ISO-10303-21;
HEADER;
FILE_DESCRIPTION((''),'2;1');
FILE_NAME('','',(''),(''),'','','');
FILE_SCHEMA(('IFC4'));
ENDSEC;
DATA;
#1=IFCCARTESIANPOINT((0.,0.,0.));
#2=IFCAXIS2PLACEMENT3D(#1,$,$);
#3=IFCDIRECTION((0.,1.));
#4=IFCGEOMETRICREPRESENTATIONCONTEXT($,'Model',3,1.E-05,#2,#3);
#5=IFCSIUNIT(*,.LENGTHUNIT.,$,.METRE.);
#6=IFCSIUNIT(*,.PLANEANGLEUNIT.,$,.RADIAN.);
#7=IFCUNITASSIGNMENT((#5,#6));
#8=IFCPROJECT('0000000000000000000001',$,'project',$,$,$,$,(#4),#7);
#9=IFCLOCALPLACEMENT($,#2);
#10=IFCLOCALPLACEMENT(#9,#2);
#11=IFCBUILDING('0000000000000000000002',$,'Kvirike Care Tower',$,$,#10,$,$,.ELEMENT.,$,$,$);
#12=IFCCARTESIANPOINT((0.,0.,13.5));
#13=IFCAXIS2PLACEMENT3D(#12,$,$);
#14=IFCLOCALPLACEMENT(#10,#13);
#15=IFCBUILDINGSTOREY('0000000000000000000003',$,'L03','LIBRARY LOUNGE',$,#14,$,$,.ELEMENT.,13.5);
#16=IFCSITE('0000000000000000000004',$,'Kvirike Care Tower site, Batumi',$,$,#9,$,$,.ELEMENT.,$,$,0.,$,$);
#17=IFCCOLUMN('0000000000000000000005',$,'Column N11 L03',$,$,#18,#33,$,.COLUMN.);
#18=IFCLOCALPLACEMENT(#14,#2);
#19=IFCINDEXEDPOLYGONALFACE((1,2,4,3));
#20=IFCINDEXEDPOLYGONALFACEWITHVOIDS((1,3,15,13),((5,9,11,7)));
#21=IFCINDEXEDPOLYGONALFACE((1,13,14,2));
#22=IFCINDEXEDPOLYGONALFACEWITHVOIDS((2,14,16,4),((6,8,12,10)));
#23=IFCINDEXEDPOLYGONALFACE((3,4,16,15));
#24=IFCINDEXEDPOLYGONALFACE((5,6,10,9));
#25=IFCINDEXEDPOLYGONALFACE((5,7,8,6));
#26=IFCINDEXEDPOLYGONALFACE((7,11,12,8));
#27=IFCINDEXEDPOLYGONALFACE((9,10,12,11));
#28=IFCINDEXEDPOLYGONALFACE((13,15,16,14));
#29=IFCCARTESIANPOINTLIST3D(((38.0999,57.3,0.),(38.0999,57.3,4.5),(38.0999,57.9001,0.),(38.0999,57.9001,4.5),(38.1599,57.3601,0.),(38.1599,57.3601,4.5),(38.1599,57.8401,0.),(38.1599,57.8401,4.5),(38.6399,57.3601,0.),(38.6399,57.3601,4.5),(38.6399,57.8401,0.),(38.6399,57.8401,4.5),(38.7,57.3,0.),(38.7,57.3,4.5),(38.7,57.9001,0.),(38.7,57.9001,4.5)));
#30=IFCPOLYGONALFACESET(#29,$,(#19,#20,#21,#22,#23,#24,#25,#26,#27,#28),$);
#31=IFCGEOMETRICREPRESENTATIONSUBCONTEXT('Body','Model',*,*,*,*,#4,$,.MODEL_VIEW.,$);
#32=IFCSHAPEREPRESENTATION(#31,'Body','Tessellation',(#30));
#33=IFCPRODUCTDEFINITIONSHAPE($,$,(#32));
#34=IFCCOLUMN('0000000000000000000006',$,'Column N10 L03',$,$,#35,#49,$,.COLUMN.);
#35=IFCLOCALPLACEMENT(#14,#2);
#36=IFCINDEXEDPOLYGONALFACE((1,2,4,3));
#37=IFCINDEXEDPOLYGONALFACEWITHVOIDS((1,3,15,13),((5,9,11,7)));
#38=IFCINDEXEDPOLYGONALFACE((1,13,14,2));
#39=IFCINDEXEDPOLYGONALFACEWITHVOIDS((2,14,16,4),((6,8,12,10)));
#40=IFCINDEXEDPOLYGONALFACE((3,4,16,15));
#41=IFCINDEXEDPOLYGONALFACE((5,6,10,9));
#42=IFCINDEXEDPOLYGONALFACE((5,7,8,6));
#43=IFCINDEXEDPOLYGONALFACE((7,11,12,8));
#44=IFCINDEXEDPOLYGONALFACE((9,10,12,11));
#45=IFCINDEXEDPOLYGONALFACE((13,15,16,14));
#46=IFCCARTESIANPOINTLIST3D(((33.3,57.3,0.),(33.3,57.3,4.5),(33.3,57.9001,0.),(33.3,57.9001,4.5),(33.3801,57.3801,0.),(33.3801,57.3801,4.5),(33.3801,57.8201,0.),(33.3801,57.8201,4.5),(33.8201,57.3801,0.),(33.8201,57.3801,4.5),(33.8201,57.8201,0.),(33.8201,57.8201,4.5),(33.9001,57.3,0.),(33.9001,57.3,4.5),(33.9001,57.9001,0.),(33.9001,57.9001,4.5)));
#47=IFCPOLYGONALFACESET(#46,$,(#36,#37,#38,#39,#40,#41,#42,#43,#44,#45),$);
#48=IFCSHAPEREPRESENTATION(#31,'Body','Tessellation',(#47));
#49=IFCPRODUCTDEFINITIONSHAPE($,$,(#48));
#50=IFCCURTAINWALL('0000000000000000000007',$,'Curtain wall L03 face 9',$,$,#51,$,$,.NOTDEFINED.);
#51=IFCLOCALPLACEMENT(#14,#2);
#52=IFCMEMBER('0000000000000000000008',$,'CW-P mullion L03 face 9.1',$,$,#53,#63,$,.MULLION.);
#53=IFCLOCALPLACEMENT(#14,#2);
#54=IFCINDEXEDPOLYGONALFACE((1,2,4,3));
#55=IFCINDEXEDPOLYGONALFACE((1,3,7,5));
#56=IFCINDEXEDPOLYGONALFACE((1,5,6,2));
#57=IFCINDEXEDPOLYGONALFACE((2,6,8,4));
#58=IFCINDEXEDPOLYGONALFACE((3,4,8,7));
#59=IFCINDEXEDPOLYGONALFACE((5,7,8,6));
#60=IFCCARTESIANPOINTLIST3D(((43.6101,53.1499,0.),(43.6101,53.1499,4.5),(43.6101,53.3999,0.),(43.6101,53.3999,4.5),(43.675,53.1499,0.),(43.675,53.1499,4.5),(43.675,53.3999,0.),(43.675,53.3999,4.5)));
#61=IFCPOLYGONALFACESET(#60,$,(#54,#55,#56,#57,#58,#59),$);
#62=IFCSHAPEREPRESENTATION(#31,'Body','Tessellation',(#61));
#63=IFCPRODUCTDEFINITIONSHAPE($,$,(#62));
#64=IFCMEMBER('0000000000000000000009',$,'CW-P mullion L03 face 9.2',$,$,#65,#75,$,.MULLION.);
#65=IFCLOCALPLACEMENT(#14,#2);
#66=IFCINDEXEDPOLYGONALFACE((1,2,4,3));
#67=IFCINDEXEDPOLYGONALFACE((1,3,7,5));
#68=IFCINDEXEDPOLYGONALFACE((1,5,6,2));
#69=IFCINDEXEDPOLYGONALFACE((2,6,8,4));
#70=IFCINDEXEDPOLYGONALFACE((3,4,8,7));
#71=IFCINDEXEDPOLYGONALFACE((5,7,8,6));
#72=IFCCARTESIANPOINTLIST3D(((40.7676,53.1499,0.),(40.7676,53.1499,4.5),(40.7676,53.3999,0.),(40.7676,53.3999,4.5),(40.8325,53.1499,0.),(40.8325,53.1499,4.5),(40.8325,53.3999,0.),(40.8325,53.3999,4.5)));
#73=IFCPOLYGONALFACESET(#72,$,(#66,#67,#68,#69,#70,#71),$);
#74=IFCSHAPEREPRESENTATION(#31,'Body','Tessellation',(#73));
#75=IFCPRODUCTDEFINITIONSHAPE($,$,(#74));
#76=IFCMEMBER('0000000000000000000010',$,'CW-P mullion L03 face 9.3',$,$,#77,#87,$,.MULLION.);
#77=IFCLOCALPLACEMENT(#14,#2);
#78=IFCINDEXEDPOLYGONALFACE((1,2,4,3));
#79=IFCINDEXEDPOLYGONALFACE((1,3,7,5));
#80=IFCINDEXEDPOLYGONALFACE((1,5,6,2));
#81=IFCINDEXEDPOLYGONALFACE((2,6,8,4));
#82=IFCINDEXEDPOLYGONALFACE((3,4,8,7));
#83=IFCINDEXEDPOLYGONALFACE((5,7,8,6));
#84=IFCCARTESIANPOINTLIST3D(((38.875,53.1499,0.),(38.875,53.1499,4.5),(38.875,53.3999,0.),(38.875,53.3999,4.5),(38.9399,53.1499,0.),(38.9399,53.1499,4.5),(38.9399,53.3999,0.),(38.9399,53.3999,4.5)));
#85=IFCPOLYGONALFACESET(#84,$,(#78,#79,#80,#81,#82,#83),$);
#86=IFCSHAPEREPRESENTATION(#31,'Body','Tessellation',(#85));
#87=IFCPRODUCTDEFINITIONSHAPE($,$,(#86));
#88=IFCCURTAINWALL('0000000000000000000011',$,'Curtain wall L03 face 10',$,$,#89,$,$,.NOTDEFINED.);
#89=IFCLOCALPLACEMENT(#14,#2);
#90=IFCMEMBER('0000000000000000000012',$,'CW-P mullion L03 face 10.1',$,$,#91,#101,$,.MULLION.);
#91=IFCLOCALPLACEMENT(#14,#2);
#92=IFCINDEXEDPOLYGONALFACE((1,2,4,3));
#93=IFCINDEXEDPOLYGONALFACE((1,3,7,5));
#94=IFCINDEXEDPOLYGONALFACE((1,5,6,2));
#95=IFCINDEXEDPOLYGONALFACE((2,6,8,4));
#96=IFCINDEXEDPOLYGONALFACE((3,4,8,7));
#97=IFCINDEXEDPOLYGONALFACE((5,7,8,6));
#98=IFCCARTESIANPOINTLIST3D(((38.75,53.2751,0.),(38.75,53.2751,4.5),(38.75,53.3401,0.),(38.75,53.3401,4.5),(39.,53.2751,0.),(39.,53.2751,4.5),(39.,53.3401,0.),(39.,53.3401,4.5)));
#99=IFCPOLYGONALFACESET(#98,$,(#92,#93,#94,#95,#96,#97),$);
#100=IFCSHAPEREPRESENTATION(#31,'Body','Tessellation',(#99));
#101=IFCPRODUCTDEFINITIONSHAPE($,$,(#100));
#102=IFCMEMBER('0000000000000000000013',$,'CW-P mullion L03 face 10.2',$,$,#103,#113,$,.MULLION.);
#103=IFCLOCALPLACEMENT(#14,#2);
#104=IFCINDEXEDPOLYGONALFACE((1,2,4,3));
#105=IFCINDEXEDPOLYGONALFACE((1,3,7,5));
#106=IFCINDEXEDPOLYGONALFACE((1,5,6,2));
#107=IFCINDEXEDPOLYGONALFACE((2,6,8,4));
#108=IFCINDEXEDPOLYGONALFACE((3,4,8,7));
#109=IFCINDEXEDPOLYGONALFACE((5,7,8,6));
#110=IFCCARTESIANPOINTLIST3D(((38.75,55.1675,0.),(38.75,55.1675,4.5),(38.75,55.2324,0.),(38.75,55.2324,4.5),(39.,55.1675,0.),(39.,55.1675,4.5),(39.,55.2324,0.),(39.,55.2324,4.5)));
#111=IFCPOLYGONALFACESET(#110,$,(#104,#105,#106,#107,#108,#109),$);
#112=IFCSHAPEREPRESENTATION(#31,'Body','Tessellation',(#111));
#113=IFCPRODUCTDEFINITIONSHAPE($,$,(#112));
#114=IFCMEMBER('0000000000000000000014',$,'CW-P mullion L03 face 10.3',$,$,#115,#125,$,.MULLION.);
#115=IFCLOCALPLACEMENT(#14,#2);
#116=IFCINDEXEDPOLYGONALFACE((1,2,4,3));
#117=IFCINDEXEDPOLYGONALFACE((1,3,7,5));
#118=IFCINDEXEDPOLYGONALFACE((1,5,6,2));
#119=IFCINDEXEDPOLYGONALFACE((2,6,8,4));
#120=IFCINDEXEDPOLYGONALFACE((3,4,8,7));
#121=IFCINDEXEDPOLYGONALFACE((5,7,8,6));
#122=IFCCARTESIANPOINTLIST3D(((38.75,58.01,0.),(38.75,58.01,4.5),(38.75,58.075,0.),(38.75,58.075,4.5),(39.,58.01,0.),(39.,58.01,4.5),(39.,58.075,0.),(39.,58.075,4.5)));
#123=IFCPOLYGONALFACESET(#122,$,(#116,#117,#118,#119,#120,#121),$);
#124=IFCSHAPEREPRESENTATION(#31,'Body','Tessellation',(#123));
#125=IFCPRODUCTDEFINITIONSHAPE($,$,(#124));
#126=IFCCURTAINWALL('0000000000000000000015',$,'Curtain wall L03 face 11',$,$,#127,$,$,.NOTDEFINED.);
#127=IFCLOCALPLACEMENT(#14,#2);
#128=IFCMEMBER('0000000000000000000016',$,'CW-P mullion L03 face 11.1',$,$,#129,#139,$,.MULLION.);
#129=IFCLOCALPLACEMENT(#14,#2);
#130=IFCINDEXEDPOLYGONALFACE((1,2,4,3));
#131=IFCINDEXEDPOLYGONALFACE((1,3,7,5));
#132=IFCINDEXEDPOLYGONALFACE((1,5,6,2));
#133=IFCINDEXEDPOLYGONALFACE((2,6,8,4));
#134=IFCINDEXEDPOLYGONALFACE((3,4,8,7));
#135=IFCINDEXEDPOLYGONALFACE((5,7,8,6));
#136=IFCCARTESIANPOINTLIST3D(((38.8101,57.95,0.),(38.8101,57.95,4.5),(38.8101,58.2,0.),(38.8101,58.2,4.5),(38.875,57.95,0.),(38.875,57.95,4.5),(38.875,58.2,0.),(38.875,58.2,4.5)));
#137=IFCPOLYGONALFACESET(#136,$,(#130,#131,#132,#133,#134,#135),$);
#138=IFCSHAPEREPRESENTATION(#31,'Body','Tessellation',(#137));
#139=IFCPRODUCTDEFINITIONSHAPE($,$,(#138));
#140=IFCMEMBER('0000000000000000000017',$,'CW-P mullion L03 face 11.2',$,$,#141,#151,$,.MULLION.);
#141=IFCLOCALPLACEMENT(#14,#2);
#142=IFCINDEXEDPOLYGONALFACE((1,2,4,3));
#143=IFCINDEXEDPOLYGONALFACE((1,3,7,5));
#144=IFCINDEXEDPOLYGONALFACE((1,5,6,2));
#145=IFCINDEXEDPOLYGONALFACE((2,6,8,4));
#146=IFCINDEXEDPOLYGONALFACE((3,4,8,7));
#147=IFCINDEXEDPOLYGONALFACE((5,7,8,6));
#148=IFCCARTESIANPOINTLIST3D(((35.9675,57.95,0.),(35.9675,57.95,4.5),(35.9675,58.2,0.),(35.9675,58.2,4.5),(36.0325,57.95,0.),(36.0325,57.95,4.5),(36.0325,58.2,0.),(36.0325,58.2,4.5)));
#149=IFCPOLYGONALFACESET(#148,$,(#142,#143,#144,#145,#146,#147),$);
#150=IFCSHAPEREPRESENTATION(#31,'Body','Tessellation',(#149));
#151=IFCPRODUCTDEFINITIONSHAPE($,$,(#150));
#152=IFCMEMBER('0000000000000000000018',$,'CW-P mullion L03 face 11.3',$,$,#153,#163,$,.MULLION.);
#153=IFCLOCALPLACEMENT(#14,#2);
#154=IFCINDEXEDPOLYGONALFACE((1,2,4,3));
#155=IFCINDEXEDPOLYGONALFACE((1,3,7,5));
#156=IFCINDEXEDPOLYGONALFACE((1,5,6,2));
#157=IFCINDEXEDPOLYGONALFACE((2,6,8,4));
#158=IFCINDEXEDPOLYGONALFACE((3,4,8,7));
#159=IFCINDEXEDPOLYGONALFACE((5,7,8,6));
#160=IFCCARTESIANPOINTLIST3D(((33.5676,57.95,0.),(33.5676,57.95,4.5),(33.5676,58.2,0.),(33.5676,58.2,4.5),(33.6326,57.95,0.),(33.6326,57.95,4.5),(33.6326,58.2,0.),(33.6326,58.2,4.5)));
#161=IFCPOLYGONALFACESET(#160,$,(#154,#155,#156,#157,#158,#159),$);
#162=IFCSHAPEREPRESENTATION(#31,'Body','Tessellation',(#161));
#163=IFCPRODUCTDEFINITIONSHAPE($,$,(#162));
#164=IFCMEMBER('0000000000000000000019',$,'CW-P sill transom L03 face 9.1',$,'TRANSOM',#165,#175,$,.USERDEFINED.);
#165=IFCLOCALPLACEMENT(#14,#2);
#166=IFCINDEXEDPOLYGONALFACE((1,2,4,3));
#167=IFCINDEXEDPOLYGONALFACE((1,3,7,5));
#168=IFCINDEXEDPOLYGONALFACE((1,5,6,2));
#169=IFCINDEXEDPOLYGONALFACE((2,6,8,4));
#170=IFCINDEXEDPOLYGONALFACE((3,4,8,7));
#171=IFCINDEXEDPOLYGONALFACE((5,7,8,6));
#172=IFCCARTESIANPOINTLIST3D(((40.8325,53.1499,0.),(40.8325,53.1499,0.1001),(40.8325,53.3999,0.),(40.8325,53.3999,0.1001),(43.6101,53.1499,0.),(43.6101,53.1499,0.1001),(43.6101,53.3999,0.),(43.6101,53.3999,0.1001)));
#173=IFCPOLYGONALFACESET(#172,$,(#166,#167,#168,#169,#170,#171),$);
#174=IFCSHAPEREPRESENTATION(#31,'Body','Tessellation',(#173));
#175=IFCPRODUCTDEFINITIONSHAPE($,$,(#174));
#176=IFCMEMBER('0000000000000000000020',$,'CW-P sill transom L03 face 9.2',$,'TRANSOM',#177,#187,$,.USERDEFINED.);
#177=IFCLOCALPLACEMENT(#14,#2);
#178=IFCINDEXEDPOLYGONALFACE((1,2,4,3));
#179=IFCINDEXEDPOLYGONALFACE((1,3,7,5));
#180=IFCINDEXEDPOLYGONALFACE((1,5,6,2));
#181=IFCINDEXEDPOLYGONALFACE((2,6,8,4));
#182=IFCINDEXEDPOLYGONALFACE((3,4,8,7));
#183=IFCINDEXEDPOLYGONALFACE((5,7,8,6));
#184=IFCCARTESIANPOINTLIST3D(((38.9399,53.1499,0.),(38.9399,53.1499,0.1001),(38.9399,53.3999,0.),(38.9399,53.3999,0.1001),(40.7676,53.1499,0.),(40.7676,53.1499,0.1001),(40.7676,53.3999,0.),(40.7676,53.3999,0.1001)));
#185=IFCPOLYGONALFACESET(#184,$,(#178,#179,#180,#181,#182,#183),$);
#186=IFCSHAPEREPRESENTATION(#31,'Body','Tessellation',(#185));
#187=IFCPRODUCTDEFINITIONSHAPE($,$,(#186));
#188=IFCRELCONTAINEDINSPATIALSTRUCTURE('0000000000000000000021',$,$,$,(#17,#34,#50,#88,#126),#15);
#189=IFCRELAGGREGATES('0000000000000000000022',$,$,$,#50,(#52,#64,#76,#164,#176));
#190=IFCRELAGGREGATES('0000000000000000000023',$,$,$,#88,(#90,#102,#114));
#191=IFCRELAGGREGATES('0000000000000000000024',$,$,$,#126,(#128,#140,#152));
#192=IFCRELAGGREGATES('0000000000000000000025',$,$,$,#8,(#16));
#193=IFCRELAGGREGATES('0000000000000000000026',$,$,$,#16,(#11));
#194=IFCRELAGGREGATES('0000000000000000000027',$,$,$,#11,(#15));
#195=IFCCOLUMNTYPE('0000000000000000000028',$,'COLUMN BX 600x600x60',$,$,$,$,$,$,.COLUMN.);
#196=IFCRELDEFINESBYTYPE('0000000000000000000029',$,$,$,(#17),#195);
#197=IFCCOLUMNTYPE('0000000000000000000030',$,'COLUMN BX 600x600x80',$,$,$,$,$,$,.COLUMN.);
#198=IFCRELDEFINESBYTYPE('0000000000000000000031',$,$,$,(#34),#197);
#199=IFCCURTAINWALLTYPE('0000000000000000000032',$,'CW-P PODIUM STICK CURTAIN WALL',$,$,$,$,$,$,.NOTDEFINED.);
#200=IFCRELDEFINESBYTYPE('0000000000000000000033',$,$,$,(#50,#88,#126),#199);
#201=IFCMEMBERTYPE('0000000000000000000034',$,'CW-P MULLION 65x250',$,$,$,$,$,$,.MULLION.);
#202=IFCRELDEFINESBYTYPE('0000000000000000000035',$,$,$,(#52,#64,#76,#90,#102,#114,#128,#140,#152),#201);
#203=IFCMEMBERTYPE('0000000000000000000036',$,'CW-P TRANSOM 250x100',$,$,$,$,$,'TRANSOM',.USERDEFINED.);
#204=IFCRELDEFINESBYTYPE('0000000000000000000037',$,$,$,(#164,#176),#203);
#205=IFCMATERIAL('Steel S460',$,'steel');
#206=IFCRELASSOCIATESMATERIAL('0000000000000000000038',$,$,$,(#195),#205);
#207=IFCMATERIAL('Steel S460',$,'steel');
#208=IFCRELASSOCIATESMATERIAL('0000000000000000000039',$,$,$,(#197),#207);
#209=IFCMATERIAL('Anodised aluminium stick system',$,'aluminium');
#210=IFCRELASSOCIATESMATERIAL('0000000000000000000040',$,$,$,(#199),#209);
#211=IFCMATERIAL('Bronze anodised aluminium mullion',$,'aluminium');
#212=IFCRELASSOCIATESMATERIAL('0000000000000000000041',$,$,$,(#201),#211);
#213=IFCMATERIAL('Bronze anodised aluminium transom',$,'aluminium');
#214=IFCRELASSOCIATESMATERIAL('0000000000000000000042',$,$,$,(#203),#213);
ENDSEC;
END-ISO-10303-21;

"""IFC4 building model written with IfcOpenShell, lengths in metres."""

from ifc_helpers import new_model, si_unit, direction, frame, origin, origin_2d, place, context, subcontext, project, spatial, rectangle, hollow_rectangle, extrude, material, material_profile, profile_set, type_object, element, aggregate, save


model = new_model("IFC4")

# Units and contexts
model_context = context("Model", 3, precision=1e-05, world=origin(), true_north=direction((0.0, 1.0)))
body_context = subcontext(model_context, "Body", "Model", "MODEL_VIEW")
ifc_project = project(units=[si_unit("LENGTHUNIT", "METRE"), si_unit("PLANEANGLEUNIT", "RADIAN")], contexts=[model_context])

# Site, building, storey
site_placement = place(None, origin())
site = spatial("IfcSite", under=ifc_project, at=site_placement, Name="Kvirike Care Tower site, Batumi", CompositionType="ELEMENT", RefElevation=0.0)
building_placement = place(site_placement, origin())
building = spatial("IfcBuilding", under=site, at=building_placement, Name="Kvirike Care Tower", CompositionType="ELEMENT")
storey_placement = place(building_placement, frame((0.0, 0.0, 13.5)))
storey = spatial("IfcBuildingStorey", under=building, at=storey_placement, Name="L03", Description="LIBRARY LOUNGE", CompositionType="ELEMENT", Elevation=13.5)

# Columns
ifc_material_1 = material(Name="Steel S460", Category="steel")
ifc_material_profile_1 = material_profile(ifc_material_1, hollow_rectangle(XDim=0.6001, YDim=0.6001, WallThickness=0.0601, at=origin_2d()), Name="BX 600x600x60")
ifc_profile_set_1 = profile_set([ifc_material_profile_1], Name="Steel S460")
column_type_1 = type_object("IfcColumnType", Name="COLUMN BX 600x600x60", PredefinedType="COLUMN", material=ifc_profile_set_1)
column_1_placement = place(storey_placement, frame((38.3999, 57.6001, 0.0), z_axis=(0.0, 0.0, 1.0), x_axis=(0.0, 1.0, 0.0)))
element("IfcColumn", 1, at=column_1_placement, inside=storey, type_object=column_type_1, Name="Column N11 L03", PredefinedType="COLUMN", context=body_context, shape_type="SweptSolid", body=[
    extrude(hollow_rectangle(XDim=0.6001, YDim=0.6001, WallThickness=0.0601, at=origin_2d()), origin(), (0.0, 0.0, 1.0), 4.5),
])
ifc_material_2 = material(Name="Steel S460", Category="steel")
ifc_material_profile_2 = material_profile(ifc_material_2, hollow_rectangle(XDim=0.6001, YDim=0.6001, WallThickness=0.0801, at=origin_2d()), Name="BX 600x600x80")
ifc_profile_set_2 = profile_set([ifc_material_profile_2], Name="Steel S460")
column_type_2 = type_object("IfcColumnType", Name="COLUMN BX 600x600x80", PredefinedType="COLUMN", material=ifc_profile_set_2)
column_2_placement = place(storey_placement, frame((33.6001, 57.6001, 0.0), z_axis=(0.0, 0.0, 1.0), x_axis=(0.0, 1.0, 0.0)))
element("IfcColumn", 2, at=column_2_placement, inside=storey, type_object=column_type_2, Name="Column N10 L03", PredefinedType="COLUMN", context=body_context, shape_type="SweptSolid", body=[
    extrude(hollow_rectangle(XDim=0.6001, YDim=0.6001, WallThickness=0.0801, at=origin_2d()), origin(), (0.0, 0.0, 1.0), 4.5),
])

# Curtain walls, members
ifc_material_3 = material(Name="Anodised aluminium stick system", Category="aluminium")
curtain_wall_type = type_object("IfcCurtainWallType", Name="CW-P PODIUM STICK CURTAIN WALL", PredefinedType="NOTDEFINED", material=ifc_material_3)
curtain_wall_1_placement = place(storey_placement, origin())
curtain_wall_1 = element("IfcCurtainWall", 3, at=curtain_wall_1_placement, inside=storey, type_object=curtain_wall_type, Name="Curtain wall L03 face 9", PredefinedType="NOTDEFINED")
ifc_material_4 = material(Name="Bronze anodised aluminium mullion", Category="aluminium")
ifc_material_profile_3 = material_profile(ifc_material_4, rectangle(XDim=0.0649, YDim=0.25, at=origin_2d()), Name="CW-P MULLION 65x250")
ifc_profile_set_3 = profile_set([ifc_material_profile_3], Name="Bronze anodised aluminium mullion")
member_type_1 = type_object("IfcMemberType", Name="CW-P MULLION 65x250", PredefinedType="MULLION", material=ifc_profile_set_3)
member_1_placement = place(storey_placement, frame((43.6426, 53.2749, 0.0), z_axis=(0.0, 0.0, 1.0), x_axis=(-1.0, 0.0, 0.0)))
member_1 = element("IfcMember", 4, at=member_1_placement, type_object=member_type_1, Name="CW-P mullion L03 face 9.1", PredefinedType="MULLION", context=body_context, shape_type="SweptSolid", body=[
    extrude(rectangle(XDim=0.0649, YDim=0.25, at=origin_2d()), origin(), (0.0, 0.0, 1.0), 4.5),
])
member_2_placement = place(storey_placement, frame((40.8, 53.2749, 0.0), z_axis=(0.0, 0.0, 1.0), x_axis=(-1.0, 0.0, 0.0)))
member_2 = element("IfcMember", 5, at=member_2_placement, type_object=member_type_1, Name="CW-P mullion L03 face 9.2", PredefinedType="MULLION", context=body_context, shape_type="SweptSolid", body=[
    extrude(rectangle(XDim=0.0649, YDim=0.25, at=origin_2d()), origin(), (0.0, 0.0, 1.0), 4.5),
])
member_3_placement = place(storey_placement, frame((38.9075, 53.2749, 0.0), z_axis=(0.0, 0.0, 1.0), x_axis=(-1.0, 0.0, 0.0)))
member_3 = element("IfcMember", 6, at=member_3_placement, type_object=member_type_1, Name="CW-P mullion L03 face 9.3", PredefinedType="MULLION", context=body_context, shape_type="SweptSolid", body=[
    extrude(rectangle(XDim=0.0649, YDim=0.25, at=origin_2d()), origin(), (0.0, 0.0, 1.0), 4.5),
])
curtain_wall_2_placement = place(storey_placement, origin())
curtain_wall_2 = element("IfcCurtainWall", 7, at=curtain_wall_2_placement, inside=storey, type_object=curtain_wall_type, Name="Curtain wall L03 face 10", PredefinedType="NOTDEFINED")
member_4_placement = place(storey_placement, frame((38.875, 53.3076, 0.0), z_axis=(0.0, 0.0, 1.0), x_axis=(0.0, 1.0, 0.0)))
member_4 = element("IfcMember", 8, at=member_4_placement, type_object=member_type_1, Name="CW-P mullion L03 face 10.1", PredefinedType="MULLION", context=body_context, shape_type="SweptSolid", body=[
    extrude(rectangle(XDim=0.0649, YDim=0.25, at=origin_2d()), origin(), (0.0, 0.0, 1.0), 4.5),
])
member_5_placement = place(storey_placement, frame((38.875, 55.2, 0.0), z_axis=(0.0, 0.0, 1.0), x_axis=(0.0, 1.0, 0.0)))
member_5 = element("IfcMember", 9, at=member_5_placement, type_object=member_type_1, Name="CW-P mullion L03 face 10.2", PredefinedType="MULLION", context=body_context, shape_type="SweptSolid", body=[
    extrude(rectangle(XDim=0.0649, YDim=0.25, at=origin_2d()), origin(), (0.0, 0.0, 1.0), 4.5),
])
member_6_placement = place(storey_placement, frame((38.875, 58.0425, 0.0), z_axis=(0.0, 0.0, 1.0), x_axis=(0.0, 1.0, 0.0)))
member_6 = element("IfcMember", 10, at=member_6_placement, type_object=member_type_1, Name="CW-P mullion L03 face 10.3", PredefinedType="MULLION", context=body_context, shape_type="SweptSolid", body=[
    extrude(rectangle(XDim=0.0649, YDim=0.25, at=origin_2d()), origin(), (0.0, 0.0, 1.0), 4.5),
])
curtain_wall_3_placement = place(storey_placement, origin())
curtain_wall_3 = element("IfcCurtainWall", 11, at=curtain_wall_3_placement, inside=storey, type_object=curtain_wall_type, Name="Curtain wall L03 face 11", PredefinedType="NOTDEFINED")
member_7_placement = place(storey_placement, frame((38.8425, 58.075, 0.0), z_axis=(0.0, 0.0, 1.0), x_axis=(-1.0, 0.0, 0.0)))
member_7 = element("IfcMember", 12, at=member_7_placement, type_object=member_type_1, Name="CW-P mullion L03 face 11.1", PredefinedType="MULLION", context=body_context, shape_type="SweptSolid", body=[
    extrude(rectangle(XDim=0.0649, YDim=0.25, at=origin_2d()), origin(), (0.0, 0.0, 1.0), 4.5),
])
member_8_placement = place(storey_placement, frame((36.0, 58.075, 0.0), z_axis=(0.0, 0.0, 1.0), x_axis=(-1.0, 0.0, 0.0)))
member_8 = element("IfcMember", 13, at=member_8_placement, type_object=member_type_1, Name="CW-P mullion L03 face 11.2", PredefinedType="MULLION", context=body_context, shape_type="SweptSolid", body=[
    extrude(rectangle(XDim=0.0649, YDim=0.25, at=origin_2d()), origin(), (0.0, 0.0, 1.0), 4.5),
])
member_9_placement = place(storey_placement, frame((33.6001, 58.075, 0.0), z_axis=(0.0, 0.0, 1.0), x_axis=(-1.0, 0.0, 0.0)))
member_9 = element("IfcMember", 14, at=member_9_placement, type_object=member_type_1, Name="CW-P mullion L03 face 11.3", PredefinedType="MULLION", context=body_context, shape_type="SweptSolid", body=[
    extrude(rectangle(XDim=0.0649, YDim=0.25, at=origin_2d()), origin(), (0.0, 0.0, 1.0), 4.5),
])

# Members
ifc_material_5 = material(Name="Bronze anodised aluminium transom", Category="aluminium")
ifc_material_profile_4 = material_profile(ifc_material_5, rectangle(XDim=0.25, YDim=0.1001, at=origin_2d()), Name="CW-P TRANSOM 250x100")
ifc_profile_set_4 = profile_set([ifc_material_profile_4], Name="Bronze anodised aluminium transom")
member_type_2 = type_object("IfcMemberType", Name="CW-P TRANSOM 250x100", ElementType="TRANSOM", PredefinedType="USERDEFINED", material=ifc_profile_set_4)
member_10_placement = place(storey_placement, frame((43.6101, 53.2749, 0.05), z_axis=(-1.0, 0.0, 0.0), x_axis=(0.0, -1.0, 0.0)))
member_10 = element("IfcMember", 15, at=member_10_placement, type_object=member_type_2, Name="CW-P sill transom L03 face 9.1", ObjectType="TRANSOM", PredefinedType="USERDEFINED", context=body_context, shape_type="SweptSolid", body=[
    extrude(rectangle(XDim=0.25, YDim=0.1001, at=origin_2d()), origin(), (0.0, 0.0, 1.0), 2.7776),
])
member_11_placement = place(storey_placement, frame((40.7676, 53.2749, 0.05), z_axis=(-1.0, 0.0, 0.0), x_axis=(0.0, -1.0, 0.0)))
member_11 = element("IfcMember", 16, at=member_11_placement, type_object=member_type_2, Name="CW-P sill transom L03 face 9.2", ObjectType="TRANSOM", PredefinedType="USERDEFINED", context=body_context, shape_type="SweptSolid", body=[
    extrude(rectangle(XDim=0.25, YDim=0.1001, at=origin_2d()), origin(), (0.0, 0.0, 1.0), 1.8276),
])

aggregate(curtain_wall_1, [member_1, member_2, member_3, member_10, member_11])
aggregate(curtain_wall_2, [member_4, member_5, member_6])
aggregate(curtain_wall_3, [member_7, member_8, member_9])

save(model, "model.ifc")
